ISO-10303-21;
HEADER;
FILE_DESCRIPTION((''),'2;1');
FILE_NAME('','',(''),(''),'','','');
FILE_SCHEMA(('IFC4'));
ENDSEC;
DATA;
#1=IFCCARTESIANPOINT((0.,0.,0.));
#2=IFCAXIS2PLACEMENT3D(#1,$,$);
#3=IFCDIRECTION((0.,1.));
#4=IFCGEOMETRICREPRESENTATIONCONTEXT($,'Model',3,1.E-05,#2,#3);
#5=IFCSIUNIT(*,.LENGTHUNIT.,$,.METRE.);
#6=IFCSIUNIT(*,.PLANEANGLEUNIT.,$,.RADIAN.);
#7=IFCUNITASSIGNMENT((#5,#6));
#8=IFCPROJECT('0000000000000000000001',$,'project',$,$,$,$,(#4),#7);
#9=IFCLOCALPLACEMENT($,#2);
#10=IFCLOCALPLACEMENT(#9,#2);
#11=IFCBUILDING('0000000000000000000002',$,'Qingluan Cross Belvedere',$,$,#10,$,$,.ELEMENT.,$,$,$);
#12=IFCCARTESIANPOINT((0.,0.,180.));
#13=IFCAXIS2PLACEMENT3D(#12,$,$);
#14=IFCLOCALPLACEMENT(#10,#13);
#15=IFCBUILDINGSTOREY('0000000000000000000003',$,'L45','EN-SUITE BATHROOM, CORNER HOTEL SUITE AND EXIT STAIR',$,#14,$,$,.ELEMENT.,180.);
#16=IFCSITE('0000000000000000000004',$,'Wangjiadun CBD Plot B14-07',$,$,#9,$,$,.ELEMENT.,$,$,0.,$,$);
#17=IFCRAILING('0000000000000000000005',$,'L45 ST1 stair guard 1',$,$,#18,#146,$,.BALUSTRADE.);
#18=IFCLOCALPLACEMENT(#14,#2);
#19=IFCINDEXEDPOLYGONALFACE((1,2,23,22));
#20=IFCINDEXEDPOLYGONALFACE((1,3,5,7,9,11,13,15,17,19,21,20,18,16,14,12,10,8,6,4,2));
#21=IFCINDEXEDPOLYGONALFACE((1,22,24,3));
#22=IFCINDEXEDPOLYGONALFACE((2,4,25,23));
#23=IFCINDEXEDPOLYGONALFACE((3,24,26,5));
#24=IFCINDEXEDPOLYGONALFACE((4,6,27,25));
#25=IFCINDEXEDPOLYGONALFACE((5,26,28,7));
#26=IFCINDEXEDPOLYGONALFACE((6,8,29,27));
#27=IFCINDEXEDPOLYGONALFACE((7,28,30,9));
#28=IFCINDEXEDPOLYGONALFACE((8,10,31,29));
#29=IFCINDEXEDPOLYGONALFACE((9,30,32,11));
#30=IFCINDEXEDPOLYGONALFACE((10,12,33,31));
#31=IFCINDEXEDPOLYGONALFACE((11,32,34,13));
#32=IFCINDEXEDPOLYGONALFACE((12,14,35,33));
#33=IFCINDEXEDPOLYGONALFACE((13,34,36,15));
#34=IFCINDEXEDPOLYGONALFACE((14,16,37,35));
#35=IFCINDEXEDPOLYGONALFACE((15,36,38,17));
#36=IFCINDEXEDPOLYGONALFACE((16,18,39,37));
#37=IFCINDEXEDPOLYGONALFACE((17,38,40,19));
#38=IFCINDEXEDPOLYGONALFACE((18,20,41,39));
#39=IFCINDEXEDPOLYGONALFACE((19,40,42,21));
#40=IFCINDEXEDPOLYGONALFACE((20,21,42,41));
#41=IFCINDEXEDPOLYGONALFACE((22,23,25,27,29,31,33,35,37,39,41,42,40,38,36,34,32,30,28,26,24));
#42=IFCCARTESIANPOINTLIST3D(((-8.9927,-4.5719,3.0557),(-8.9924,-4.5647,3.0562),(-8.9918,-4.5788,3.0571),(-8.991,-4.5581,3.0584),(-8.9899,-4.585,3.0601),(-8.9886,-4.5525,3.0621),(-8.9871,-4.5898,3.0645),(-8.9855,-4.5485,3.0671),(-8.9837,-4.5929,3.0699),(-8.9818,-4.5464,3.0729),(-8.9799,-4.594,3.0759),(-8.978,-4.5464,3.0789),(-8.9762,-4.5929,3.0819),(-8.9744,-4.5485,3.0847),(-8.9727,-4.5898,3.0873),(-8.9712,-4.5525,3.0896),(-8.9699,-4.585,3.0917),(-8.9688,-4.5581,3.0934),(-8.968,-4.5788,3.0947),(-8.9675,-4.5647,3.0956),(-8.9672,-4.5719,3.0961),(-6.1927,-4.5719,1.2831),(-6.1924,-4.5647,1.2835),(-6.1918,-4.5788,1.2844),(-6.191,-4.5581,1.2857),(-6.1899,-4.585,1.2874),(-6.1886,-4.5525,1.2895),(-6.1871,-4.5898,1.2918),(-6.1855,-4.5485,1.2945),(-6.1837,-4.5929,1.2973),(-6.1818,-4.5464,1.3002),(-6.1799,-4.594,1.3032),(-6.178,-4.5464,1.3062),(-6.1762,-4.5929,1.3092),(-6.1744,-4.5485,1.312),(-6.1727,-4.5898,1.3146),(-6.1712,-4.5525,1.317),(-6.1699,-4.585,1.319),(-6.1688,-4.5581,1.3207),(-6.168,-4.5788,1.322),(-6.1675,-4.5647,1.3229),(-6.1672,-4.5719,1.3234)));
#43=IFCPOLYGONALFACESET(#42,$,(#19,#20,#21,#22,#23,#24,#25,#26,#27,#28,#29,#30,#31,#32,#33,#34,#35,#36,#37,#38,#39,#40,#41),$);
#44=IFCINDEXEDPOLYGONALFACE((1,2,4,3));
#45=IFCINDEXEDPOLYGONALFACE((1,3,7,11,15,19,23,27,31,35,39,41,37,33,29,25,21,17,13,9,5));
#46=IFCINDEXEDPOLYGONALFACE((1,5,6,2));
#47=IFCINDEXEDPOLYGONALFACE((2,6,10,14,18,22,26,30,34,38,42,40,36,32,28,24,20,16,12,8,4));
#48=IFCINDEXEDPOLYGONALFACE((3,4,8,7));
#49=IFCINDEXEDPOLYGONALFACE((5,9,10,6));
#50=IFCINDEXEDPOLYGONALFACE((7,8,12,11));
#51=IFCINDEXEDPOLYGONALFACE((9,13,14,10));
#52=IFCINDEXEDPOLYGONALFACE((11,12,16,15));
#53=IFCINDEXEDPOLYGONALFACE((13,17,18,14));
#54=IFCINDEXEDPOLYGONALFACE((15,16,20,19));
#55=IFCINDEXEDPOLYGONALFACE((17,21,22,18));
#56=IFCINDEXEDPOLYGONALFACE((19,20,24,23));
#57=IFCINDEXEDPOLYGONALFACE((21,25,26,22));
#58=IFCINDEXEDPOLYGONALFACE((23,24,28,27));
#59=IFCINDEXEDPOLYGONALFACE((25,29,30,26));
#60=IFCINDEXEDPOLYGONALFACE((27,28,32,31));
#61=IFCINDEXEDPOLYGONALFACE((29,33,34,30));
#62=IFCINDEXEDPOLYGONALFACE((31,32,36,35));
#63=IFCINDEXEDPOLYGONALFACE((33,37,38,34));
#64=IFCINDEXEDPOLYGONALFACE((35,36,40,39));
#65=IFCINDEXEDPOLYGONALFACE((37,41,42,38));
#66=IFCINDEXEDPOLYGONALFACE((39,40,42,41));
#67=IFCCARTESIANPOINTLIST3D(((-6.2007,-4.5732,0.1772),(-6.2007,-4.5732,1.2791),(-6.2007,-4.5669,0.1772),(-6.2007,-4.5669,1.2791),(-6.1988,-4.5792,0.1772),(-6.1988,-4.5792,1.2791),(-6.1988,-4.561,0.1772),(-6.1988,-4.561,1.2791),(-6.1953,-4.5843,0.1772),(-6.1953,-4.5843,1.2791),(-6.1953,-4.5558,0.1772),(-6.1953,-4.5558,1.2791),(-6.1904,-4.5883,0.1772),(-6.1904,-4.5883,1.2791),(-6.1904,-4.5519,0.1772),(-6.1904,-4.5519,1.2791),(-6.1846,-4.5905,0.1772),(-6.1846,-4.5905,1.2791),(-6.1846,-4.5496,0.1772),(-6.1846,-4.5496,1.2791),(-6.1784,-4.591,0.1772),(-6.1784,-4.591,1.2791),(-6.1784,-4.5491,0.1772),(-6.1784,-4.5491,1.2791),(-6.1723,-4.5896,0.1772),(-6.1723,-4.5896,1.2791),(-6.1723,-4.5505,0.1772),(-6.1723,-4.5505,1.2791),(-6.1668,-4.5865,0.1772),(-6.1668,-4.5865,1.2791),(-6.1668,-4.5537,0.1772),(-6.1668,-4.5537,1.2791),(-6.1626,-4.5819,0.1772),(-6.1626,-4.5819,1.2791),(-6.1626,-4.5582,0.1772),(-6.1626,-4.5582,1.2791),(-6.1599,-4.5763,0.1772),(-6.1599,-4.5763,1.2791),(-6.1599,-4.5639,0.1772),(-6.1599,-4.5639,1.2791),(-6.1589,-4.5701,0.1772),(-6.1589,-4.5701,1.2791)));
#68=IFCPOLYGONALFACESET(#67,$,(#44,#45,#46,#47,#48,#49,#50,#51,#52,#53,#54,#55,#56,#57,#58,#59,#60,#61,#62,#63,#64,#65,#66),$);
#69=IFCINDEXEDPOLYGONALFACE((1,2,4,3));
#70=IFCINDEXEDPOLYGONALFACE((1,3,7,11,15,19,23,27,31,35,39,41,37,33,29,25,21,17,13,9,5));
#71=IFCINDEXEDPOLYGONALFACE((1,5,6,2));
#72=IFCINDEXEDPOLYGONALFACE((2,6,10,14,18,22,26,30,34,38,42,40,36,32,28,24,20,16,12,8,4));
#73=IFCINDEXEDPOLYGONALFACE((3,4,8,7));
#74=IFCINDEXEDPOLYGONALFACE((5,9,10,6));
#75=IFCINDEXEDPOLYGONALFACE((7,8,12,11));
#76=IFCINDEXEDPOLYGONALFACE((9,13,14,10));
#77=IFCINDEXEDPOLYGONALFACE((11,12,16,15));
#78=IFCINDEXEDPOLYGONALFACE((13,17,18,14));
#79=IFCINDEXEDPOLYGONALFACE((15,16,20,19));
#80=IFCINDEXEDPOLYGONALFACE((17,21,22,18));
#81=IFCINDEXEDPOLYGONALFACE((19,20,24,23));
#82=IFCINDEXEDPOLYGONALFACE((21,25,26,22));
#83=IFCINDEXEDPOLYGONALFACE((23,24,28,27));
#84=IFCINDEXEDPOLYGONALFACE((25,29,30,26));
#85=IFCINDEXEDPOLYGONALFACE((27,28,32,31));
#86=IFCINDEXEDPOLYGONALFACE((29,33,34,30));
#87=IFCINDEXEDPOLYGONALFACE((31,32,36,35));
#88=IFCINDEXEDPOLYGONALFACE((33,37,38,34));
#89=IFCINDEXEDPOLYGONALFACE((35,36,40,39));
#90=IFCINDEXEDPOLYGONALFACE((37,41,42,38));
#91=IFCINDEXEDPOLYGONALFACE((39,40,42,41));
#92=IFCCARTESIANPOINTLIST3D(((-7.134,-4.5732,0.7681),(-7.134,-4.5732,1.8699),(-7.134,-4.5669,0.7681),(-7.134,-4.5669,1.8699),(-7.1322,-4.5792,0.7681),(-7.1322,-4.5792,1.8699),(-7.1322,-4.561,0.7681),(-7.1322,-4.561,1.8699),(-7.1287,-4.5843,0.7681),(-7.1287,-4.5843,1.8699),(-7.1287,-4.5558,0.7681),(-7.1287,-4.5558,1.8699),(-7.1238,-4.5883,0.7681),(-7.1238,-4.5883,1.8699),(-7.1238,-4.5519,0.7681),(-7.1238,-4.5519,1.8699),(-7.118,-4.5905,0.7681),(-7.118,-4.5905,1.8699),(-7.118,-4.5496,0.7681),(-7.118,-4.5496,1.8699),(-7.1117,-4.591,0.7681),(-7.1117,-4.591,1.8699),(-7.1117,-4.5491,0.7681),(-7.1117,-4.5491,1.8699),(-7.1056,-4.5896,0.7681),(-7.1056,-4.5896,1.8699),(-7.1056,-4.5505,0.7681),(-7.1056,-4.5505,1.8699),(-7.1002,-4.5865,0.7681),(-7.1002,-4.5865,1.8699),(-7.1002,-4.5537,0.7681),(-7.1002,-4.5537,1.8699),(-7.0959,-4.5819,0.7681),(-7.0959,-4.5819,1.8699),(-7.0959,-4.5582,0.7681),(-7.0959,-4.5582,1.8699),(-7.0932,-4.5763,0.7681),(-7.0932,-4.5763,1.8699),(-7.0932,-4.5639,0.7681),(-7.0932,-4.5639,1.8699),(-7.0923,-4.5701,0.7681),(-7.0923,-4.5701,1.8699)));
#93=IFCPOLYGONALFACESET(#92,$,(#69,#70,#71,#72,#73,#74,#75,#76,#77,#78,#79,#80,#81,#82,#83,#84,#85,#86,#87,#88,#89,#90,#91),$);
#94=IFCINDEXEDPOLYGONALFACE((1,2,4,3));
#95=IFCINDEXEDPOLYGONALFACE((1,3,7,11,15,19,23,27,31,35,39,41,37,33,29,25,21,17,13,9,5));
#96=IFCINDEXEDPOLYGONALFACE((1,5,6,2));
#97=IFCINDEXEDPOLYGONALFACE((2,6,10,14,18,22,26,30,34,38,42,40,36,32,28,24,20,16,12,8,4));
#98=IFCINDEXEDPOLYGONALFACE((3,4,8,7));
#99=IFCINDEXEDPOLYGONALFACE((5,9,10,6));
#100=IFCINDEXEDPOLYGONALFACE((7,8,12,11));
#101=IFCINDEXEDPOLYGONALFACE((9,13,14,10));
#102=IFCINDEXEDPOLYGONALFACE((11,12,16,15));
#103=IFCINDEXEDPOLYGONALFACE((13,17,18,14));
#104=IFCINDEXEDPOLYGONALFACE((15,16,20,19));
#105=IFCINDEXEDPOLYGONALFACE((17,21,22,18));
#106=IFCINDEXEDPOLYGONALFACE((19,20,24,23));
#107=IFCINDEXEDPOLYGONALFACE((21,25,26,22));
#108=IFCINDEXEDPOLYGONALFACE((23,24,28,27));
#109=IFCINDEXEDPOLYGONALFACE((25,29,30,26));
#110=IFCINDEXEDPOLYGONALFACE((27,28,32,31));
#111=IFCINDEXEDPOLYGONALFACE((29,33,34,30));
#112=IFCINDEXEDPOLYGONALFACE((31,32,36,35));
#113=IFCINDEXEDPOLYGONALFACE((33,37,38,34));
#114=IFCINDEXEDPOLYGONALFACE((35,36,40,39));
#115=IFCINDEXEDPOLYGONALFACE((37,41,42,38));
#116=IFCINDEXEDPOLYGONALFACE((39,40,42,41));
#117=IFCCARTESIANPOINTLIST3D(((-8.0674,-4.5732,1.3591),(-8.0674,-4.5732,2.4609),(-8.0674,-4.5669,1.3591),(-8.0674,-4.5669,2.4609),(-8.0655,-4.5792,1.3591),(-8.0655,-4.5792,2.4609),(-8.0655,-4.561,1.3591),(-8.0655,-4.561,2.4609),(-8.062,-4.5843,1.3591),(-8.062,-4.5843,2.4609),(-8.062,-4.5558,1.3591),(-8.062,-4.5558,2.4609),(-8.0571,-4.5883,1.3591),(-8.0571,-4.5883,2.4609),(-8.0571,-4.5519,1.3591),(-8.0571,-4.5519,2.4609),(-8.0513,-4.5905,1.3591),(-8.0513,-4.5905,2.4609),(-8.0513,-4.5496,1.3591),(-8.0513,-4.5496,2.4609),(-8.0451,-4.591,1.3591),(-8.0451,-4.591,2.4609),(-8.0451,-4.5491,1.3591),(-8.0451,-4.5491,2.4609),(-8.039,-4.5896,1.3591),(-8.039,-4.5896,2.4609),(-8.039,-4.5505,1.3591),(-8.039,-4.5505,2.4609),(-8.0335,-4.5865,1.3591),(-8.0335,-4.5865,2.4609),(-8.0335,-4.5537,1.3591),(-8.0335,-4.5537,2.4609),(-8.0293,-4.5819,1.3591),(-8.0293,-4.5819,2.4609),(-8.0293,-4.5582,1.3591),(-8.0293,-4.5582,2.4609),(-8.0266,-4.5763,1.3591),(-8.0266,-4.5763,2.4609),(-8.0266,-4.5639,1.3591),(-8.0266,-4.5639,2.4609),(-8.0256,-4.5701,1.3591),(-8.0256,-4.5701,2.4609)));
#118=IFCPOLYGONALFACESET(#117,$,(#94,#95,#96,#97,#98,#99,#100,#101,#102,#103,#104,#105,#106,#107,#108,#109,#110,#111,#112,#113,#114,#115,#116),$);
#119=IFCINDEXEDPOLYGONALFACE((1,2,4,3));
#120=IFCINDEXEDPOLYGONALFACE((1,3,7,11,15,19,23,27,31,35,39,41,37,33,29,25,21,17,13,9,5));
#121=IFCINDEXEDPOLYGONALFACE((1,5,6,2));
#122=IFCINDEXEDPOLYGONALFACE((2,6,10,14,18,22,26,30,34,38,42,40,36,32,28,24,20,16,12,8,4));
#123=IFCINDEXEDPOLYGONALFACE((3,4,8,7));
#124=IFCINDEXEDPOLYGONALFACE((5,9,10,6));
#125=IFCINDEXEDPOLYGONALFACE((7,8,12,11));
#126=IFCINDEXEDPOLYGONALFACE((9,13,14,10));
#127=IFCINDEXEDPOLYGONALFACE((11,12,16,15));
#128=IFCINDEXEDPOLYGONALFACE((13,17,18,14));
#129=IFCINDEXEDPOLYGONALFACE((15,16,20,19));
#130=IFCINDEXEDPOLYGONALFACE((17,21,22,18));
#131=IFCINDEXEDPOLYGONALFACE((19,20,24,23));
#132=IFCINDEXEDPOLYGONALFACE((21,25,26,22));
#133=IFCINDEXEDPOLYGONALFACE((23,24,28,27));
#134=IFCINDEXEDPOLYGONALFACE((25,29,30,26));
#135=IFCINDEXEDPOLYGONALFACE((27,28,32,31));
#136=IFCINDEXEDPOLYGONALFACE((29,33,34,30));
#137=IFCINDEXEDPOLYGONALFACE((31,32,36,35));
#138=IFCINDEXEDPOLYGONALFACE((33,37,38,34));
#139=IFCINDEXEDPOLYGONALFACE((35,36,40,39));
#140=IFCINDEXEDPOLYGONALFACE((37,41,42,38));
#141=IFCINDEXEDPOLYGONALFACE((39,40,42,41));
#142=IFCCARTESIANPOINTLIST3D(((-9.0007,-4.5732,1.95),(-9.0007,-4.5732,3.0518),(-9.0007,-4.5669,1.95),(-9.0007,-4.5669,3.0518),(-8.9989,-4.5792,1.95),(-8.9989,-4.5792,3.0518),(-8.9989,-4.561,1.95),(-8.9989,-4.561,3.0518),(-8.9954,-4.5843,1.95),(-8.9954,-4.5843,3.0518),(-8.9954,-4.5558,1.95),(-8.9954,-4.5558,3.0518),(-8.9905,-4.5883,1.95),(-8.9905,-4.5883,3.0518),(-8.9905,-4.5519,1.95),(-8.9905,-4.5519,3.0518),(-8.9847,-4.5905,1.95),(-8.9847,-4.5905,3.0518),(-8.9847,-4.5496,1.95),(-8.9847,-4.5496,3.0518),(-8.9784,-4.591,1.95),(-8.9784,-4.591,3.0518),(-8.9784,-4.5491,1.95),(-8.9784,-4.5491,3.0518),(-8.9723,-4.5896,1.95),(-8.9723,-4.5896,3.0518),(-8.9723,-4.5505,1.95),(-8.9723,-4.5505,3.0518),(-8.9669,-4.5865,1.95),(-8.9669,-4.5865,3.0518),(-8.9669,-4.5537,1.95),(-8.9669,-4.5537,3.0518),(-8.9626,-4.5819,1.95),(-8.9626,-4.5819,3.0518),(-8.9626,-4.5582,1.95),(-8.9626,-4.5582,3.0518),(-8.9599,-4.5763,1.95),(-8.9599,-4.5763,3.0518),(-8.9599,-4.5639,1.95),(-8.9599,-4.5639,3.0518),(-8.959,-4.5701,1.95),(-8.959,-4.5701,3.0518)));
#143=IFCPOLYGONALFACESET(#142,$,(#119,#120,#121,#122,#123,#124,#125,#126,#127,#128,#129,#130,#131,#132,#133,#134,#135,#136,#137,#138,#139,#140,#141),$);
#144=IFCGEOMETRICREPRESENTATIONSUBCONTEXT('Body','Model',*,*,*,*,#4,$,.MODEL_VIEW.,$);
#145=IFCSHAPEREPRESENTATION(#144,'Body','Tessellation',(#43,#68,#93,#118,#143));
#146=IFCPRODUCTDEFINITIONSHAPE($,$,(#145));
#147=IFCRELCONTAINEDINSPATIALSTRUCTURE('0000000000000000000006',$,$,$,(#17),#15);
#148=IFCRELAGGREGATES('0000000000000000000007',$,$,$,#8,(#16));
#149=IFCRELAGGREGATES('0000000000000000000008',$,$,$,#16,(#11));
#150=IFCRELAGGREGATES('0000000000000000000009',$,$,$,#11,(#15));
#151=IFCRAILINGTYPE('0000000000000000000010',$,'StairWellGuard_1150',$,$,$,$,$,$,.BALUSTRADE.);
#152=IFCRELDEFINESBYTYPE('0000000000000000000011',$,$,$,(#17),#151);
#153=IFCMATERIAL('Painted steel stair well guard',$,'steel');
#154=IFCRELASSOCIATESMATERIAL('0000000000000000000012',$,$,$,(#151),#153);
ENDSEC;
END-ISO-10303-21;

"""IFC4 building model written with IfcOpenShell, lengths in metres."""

from ifc_helpers import new_model, si_unit, direction, frame, origin, origin_2d, place, context, subcontext, project, spatial, circle, extrude, material, type_object, element, save


model = new_model("IFC4")

# Units and contexts
model_context = context("Model", 3, precision=1e-05, world=origin(), true_north=direction((0.0, 1.0)))
body_context = subcontext(model_context, "Body", "Model", "MODEL_VIEW")
ifc_project = project(units=[si_unit("LENGTHUNIT", "METRE"), si_unit("PLANEANGLEUNIT", "RADIAN")], contexts=[model_context])

# Site, building, storey
site_placement = place(None, origin())
site = spatial("IfcSite", under=ifc_project, at=site_placement, Name="Wangjiadun CBD Plot B14-07", CompositionType="ELEMENT", RefElevation=0.0)
building_placement = place(site_placement, origin())
building = spatial("IfcBuilding", under=site, at=building_placement, Name="Qingluan Cross Belvedere", CompositionType="ELEMENT")
storey_placement = place(building_placement, frame((0.0, 0.0, 180.0)))
storey = spatial("IfcBuildingStorey", under=building, at=storey_placement, Name="L45", Description="EN-SUITE BATHROOM, CORNER HOTEL SUITE AND EXIT STAIR", CompositionType="ELEMENT", Elevation=180.0)

# Railing
ifc_material_1 = material(Name="Painted steel stair well guard", Category="steel")
railing_type_1 = type_object("IfcRailingType", Name="StairWellGuard_1150", PredefinedType="BALUSTRADE", material=ifc_material_1)
railing_1_placement = place(storey_placement, frame((-6.1799, -4.5701, 0.1772)))
element("IfcRailing", 1, at=railing_1_placement, inside=storey, type_object=railing_type_1, Name="L45 ST1 stair guard 1", PredefinedType="BALUSTRADE", context=body_context, shape_type="SweptSolid", body=[
    extrude(circle(Radius=0.0239, at=origin_2d()), frame((0.0, 0.0, 1.126), z_axis=(-0.844909, 0.0, 0.53491), x_axis=(0.0, -1.0, 0.0)), (0.0, 0.0, 1.0), 3.314),
    extrude(circle(Radius=0.021, at=origin_2d()), origin(), (0.0, 0.0, 1.0), 1.1018),
    extrude(circle(Radius=0.021, at=origin_2d()), frame((-0.9333, 0.0, 0.5908)), (0.0, 0.0, 1.0), 1.1018),
    extrude(circle(Radius=0.021, at=origin_2d()), frame((-1.8667, 0.0, 1.1819)), (0.0, 0.0, 1.0), 1.1018),
    extrude(circle(Radius=0.021, at=origin_2d()), frame((-2.8, 0.0, 1.7727)), (0.0, 0.0, 1.0), 1.1018),
])

save(model, "model.ifc")
